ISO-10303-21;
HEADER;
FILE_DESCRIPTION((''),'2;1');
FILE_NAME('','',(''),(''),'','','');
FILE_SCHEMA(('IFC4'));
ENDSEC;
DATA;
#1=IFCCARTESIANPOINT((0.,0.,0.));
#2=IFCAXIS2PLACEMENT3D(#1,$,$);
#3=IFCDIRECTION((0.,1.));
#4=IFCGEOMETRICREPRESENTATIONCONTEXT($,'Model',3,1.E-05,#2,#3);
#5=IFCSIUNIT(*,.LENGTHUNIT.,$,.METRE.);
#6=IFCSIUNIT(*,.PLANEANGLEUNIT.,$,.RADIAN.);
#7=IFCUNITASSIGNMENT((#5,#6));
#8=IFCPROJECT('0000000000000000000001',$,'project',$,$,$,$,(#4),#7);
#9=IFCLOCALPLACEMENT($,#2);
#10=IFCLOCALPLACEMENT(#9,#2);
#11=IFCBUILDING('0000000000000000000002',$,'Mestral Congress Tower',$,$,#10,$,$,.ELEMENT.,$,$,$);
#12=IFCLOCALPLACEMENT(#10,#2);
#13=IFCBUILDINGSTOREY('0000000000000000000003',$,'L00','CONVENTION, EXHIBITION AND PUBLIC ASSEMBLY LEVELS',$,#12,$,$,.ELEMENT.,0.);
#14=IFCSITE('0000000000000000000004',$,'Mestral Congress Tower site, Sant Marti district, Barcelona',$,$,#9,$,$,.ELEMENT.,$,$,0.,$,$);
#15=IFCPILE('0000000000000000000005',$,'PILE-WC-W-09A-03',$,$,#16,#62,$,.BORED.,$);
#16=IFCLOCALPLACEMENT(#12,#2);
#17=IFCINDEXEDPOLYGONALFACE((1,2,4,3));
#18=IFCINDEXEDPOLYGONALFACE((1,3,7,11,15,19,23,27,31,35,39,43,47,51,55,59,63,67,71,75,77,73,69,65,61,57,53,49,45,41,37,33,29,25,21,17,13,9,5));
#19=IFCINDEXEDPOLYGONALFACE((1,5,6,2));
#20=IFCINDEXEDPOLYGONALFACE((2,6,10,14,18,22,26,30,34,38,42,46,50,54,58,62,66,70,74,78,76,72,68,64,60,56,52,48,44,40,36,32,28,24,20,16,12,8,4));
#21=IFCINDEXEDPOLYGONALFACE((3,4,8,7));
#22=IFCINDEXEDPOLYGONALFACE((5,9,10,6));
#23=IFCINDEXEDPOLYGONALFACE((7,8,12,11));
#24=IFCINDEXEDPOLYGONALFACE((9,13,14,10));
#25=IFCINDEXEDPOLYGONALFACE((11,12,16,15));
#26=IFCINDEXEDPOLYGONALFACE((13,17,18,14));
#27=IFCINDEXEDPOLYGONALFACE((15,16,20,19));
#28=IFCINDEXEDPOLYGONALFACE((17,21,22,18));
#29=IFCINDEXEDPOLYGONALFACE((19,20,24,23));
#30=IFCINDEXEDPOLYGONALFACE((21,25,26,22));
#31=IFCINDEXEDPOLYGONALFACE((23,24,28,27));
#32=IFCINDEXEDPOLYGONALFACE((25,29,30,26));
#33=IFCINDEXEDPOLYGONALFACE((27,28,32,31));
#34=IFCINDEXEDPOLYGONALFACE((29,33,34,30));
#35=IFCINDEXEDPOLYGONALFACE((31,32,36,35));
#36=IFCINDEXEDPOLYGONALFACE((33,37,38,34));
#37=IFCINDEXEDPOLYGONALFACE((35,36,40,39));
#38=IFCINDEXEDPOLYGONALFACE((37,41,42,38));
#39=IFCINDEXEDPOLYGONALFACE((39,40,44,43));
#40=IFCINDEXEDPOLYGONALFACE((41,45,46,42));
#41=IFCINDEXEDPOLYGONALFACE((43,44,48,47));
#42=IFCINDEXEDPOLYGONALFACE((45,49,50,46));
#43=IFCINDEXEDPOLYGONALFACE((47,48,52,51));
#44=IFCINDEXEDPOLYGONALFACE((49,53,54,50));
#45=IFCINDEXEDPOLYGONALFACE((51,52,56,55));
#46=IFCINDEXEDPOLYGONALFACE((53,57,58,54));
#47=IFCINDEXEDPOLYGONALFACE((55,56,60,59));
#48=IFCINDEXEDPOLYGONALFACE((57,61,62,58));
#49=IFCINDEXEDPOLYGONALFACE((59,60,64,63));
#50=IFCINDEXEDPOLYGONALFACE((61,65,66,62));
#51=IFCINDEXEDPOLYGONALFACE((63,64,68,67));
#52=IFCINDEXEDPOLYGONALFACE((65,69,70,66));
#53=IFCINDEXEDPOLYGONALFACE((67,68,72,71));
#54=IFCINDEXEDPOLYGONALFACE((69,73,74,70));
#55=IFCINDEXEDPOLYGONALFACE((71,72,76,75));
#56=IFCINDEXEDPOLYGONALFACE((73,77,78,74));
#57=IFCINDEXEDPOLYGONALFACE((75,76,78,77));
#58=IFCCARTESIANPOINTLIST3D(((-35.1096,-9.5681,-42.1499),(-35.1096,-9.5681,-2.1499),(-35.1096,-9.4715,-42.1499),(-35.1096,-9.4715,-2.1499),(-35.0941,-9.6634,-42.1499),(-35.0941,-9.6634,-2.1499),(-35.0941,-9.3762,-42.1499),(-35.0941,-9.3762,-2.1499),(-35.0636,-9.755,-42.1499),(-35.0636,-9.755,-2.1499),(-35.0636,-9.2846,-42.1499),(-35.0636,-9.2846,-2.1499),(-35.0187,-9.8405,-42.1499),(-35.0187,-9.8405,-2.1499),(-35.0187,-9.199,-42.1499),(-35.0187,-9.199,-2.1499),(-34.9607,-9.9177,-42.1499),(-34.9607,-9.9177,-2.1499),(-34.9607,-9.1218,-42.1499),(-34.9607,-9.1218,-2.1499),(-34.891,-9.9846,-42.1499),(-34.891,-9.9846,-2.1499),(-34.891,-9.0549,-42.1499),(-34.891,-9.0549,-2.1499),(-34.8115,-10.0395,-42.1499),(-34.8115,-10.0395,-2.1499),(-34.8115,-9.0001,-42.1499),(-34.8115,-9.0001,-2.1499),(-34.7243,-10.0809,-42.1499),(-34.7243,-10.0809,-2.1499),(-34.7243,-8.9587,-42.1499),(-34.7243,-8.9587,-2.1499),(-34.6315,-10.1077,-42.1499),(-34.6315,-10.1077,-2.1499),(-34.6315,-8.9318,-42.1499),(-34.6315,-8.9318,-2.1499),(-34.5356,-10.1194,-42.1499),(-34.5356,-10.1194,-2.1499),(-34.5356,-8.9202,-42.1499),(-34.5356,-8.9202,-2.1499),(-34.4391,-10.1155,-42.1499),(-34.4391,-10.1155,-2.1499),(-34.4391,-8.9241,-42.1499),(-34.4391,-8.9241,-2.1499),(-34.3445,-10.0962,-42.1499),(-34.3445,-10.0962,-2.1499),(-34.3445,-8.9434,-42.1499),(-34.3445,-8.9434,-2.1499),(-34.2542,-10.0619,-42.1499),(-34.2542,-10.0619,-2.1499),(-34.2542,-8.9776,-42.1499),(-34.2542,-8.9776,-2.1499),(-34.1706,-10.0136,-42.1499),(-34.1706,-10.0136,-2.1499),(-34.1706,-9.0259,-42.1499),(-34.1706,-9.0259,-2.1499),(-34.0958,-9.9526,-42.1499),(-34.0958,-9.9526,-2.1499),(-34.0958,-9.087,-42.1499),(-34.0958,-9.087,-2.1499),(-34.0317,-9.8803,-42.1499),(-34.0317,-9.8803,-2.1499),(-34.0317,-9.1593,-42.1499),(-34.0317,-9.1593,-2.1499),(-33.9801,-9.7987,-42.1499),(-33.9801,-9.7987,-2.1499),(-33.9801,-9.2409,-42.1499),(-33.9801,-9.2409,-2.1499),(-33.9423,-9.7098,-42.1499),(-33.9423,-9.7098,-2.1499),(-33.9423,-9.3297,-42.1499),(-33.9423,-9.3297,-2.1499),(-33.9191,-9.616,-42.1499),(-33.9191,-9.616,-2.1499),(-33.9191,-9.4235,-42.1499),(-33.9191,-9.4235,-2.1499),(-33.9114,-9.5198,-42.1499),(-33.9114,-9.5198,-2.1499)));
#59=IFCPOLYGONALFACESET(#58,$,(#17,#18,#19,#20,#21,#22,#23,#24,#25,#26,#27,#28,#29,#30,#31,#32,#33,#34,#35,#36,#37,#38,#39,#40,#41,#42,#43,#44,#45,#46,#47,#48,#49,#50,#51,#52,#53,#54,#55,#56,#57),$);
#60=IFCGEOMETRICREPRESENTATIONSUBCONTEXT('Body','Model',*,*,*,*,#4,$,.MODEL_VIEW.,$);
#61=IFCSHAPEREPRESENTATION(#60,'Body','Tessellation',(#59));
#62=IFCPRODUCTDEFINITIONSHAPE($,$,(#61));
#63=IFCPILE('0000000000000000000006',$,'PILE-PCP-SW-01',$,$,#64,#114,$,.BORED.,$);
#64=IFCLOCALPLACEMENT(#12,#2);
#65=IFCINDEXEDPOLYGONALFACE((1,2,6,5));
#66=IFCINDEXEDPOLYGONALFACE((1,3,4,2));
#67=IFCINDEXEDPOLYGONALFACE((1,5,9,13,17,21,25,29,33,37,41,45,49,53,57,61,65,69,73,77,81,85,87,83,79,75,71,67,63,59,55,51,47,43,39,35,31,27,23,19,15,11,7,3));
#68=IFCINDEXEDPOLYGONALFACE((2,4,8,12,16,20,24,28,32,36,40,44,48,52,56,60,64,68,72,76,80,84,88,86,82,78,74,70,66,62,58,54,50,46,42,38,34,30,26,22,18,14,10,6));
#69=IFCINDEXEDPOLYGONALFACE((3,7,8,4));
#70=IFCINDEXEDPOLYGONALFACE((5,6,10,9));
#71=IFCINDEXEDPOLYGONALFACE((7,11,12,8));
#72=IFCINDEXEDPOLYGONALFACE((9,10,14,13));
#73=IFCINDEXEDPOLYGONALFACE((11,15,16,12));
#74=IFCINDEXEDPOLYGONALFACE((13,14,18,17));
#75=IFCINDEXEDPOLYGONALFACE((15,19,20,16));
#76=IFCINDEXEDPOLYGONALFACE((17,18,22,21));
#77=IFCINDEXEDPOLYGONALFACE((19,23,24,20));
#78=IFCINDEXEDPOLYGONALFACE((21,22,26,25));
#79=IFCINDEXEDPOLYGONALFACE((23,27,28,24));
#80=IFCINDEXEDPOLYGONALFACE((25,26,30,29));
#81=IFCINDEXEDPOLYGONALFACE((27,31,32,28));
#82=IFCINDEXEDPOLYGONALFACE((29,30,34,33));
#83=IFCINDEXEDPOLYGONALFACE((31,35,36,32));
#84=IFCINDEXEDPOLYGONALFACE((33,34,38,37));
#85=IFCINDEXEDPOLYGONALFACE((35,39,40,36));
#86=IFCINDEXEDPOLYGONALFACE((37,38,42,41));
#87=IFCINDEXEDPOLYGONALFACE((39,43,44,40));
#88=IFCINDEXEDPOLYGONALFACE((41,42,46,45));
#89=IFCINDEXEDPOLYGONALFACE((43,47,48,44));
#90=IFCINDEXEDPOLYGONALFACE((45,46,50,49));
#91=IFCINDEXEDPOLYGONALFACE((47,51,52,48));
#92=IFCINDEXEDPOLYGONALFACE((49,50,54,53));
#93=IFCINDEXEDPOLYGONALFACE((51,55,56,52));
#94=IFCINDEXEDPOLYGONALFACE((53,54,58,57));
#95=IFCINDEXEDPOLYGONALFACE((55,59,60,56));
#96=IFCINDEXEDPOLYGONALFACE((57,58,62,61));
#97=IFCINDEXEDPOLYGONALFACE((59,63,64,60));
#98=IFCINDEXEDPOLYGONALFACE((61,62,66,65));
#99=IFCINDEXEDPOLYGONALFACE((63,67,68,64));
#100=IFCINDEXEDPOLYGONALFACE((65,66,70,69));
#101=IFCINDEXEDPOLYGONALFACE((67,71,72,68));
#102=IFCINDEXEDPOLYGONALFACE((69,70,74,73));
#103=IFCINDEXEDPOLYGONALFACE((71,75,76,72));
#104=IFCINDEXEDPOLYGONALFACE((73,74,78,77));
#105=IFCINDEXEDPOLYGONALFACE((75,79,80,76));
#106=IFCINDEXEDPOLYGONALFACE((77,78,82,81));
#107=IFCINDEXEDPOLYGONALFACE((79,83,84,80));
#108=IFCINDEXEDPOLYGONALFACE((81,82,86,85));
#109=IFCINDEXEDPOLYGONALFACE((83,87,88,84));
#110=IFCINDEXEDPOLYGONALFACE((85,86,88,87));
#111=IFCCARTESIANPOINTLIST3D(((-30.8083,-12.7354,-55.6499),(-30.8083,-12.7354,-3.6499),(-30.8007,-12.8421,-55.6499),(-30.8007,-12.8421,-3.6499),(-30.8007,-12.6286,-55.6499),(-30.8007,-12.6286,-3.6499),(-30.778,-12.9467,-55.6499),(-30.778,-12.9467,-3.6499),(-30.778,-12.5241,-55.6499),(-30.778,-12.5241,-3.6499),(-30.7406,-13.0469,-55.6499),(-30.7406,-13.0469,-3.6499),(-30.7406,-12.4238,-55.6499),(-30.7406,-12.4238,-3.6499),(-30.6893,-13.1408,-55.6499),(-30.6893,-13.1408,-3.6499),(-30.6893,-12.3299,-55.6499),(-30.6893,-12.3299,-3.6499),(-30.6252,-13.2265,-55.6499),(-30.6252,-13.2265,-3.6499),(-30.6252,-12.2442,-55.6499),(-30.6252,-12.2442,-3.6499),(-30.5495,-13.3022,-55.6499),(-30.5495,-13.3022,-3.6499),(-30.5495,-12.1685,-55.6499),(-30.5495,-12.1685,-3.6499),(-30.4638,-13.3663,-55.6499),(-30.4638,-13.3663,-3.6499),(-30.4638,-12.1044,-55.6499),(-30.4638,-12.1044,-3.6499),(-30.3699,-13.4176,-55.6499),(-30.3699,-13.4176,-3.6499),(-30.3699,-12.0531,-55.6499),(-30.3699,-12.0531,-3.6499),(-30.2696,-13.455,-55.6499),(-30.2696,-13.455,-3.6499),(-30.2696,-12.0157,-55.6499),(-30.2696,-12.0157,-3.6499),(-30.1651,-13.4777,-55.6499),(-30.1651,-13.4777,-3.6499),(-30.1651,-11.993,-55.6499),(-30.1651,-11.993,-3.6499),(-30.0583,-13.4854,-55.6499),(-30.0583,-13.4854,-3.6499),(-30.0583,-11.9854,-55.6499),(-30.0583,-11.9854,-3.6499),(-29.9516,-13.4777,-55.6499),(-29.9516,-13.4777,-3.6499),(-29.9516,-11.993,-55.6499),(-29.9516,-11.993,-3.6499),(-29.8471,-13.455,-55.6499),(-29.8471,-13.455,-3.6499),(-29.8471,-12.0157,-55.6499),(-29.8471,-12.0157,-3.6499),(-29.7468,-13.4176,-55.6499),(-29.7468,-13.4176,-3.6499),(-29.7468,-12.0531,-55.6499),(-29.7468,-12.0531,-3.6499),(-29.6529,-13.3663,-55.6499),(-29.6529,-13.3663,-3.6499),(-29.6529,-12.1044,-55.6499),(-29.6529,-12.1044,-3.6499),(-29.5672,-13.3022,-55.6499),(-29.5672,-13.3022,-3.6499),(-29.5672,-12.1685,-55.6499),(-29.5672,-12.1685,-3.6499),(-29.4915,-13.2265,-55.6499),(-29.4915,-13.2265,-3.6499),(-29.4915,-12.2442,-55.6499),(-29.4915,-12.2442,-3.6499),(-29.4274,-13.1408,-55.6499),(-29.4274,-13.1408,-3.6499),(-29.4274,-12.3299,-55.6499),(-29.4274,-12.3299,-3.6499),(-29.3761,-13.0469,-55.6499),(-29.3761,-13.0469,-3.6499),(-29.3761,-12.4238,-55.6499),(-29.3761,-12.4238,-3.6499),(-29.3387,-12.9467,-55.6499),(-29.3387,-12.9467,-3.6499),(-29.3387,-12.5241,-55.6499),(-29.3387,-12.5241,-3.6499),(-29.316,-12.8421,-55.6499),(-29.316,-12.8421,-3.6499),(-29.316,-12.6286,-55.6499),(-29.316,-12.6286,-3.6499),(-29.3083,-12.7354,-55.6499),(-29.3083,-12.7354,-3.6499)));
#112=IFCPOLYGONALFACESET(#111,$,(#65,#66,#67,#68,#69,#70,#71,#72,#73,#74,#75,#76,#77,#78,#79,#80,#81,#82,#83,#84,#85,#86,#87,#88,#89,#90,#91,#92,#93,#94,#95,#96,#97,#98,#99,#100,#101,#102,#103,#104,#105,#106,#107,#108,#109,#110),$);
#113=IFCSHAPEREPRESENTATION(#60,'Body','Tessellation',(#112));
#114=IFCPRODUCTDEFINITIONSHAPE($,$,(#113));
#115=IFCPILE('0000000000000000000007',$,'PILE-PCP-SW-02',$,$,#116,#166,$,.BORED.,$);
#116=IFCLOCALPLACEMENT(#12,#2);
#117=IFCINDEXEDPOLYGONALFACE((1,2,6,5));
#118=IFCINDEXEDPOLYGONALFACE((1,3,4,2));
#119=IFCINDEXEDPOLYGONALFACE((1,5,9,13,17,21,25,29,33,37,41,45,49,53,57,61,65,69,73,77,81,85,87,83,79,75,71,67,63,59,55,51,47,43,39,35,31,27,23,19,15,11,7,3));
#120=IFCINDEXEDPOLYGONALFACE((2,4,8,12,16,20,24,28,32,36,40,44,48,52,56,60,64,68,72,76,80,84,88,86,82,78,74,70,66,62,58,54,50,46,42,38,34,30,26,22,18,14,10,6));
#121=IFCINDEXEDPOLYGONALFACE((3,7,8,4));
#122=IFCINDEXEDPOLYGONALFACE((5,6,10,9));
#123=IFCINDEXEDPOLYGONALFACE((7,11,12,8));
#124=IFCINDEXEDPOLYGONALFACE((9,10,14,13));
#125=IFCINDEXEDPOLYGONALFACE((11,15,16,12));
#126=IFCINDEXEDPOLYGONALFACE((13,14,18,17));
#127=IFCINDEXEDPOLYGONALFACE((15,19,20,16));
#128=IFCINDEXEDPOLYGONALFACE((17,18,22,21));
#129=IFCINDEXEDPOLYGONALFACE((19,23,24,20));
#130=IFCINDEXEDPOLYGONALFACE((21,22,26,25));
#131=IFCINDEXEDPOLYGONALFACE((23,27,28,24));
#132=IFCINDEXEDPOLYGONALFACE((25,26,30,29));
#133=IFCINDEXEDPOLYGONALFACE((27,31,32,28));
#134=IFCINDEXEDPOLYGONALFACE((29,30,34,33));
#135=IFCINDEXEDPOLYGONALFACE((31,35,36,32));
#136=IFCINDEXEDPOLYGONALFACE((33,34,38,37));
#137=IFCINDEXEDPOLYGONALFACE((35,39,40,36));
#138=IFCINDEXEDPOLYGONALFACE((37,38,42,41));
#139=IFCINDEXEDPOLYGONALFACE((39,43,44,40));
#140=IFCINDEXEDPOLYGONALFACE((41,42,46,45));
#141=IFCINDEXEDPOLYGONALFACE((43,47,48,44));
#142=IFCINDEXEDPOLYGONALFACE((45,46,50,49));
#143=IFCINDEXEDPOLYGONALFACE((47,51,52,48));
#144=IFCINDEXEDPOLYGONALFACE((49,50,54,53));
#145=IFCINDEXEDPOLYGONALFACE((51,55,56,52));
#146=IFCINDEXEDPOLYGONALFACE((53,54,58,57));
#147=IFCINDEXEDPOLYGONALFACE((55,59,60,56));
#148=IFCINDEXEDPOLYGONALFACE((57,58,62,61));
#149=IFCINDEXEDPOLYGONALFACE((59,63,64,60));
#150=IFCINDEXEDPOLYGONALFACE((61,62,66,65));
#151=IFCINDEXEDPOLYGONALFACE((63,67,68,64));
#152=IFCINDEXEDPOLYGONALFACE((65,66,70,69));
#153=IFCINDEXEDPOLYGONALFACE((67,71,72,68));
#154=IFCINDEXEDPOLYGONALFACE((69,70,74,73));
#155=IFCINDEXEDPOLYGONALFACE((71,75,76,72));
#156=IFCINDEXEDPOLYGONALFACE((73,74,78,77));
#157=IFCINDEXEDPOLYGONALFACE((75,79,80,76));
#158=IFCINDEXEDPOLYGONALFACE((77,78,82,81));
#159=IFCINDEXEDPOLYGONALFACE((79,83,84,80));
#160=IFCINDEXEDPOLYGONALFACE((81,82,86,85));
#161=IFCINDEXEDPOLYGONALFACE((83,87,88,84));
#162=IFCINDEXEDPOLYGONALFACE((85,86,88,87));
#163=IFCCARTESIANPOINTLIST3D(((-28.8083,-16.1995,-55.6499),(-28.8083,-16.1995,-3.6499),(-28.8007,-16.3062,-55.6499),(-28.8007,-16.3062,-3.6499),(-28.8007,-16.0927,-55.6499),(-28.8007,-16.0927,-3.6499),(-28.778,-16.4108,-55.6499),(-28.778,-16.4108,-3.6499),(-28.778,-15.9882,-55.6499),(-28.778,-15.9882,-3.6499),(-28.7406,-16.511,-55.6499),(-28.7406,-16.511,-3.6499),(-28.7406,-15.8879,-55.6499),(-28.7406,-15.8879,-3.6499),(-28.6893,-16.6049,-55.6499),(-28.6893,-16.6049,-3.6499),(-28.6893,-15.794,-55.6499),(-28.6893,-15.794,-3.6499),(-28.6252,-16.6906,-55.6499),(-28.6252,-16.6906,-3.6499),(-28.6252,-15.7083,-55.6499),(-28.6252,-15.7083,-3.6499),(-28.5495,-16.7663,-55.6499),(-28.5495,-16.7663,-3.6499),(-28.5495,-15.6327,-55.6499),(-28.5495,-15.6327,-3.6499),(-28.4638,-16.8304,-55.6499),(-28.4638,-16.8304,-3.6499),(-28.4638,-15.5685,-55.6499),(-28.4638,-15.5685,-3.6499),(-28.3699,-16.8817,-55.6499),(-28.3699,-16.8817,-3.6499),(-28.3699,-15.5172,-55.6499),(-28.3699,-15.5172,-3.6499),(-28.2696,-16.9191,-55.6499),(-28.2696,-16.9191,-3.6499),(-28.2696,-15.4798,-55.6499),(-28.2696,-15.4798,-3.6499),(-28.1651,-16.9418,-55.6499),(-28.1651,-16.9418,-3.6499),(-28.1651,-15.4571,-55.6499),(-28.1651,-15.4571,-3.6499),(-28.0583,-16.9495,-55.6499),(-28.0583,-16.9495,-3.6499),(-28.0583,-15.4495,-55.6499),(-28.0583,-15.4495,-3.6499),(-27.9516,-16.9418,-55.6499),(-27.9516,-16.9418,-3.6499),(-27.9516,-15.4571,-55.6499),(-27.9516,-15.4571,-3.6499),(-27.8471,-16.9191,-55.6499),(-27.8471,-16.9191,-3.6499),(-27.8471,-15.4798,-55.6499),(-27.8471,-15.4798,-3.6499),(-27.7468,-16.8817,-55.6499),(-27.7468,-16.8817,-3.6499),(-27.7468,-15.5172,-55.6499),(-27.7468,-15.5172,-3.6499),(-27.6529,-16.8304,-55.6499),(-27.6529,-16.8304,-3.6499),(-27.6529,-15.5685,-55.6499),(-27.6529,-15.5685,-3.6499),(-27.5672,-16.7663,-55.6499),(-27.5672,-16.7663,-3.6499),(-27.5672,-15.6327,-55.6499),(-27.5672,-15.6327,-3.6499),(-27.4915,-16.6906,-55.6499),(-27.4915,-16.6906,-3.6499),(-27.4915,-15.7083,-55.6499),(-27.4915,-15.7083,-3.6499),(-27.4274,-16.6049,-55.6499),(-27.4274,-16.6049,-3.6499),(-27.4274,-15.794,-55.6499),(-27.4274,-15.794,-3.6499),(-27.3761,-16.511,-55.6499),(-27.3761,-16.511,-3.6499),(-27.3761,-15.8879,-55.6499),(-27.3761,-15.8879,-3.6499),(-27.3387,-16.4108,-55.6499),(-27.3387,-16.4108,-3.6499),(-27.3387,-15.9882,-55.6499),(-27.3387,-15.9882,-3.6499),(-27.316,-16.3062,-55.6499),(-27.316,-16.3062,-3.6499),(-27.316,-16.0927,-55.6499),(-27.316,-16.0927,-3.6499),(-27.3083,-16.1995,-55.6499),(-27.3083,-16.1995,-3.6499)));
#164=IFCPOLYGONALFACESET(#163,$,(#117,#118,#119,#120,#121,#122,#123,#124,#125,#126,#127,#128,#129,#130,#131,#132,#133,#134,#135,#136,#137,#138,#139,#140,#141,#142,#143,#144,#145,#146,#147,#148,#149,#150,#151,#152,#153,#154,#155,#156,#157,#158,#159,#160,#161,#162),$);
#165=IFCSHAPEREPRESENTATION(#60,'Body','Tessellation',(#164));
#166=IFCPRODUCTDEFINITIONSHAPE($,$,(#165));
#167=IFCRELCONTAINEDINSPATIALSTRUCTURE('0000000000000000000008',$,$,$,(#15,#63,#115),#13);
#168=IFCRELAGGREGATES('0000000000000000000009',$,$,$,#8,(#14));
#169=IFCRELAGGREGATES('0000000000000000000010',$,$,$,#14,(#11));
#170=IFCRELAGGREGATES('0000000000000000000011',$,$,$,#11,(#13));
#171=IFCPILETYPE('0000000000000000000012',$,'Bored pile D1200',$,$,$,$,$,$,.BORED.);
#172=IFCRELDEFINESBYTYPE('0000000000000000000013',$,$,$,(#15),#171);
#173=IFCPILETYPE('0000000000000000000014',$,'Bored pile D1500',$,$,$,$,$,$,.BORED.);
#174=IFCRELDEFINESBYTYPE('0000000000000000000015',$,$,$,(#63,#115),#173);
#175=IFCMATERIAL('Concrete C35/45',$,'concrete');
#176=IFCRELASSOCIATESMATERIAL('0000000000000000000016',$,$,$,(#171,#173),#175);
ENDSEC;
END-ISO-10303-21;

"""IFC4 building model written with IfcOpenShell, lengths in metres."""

from ifc_helpers import new_model, si_unit, direction, frame, origin, origin_2d, place, context, subcontext, project, spatial, circle, extrude, material, material_profile, profile_set, type_object, element, save


model = new_model("IFC4")

# Units and contexts
model_context = context("Model", 3, precision=1e-05, world=origin(), true_north=direction((0.0, 1.0)))
body_context = subcontext(model_context, "Body", "Model", "MODEL_VIEW")
ifc_project = project(units=[si_unit("LENGTHUNIT", "METRE"), si_unit("PLANEANGLEUNIT", "RADIAN")], contexts=[model_context])

# Site, building, storey
site_placement = place(None, origin())
site = spatial("IfcSite", under=ifc_project, at=site_placement, Name="Mestral Congress Tower site, Sant Marti district, Barcelona", CompositionType="ELEMENT", RefElevation=0.0)
building_placement = place(site_placement, origin())
building = spatial("IfcBuilding", under=site, at=building_placement, Name="Mestral Congress Tower", CompositionType="ELEMENT")
storey_placement = place(building_placement, origin())
storey = spatial("IfcBuildingStorey", under=building, at=storey_placement, Name="L00", Description="CONVENTION, EXHIBITION AND PUBLIC ASSEMBLY LEVELS", CompositionType="ELEMENT", Elevation=0.0)

# Piles
ifc_material_1 = material(Name="Concrete C35/45", Category="concrete")
ifc_material_profile_1 = material_profile(ifc_material_1, circle(Radius=0.6001, at=origin_2d()), Name="D1200")
ifc_profile_set_1 = profile_set([ifc_material_profile_1], Name="Concrete C35/45")
pile_type_1 = type_object("IfcPileType", Name="Bored pile D1200", PredefinedType="BORED", material=ifc_profile_set_1)
for number, where, z_axis, x_axis, name in (
    (1, (-34.5115, -9.5198, -2.1499), (0.0, 0.0, -1.0), (1.0, 0.0, 0.0), "PILE-WC-W-09A-03"),
):
    element("IfcPile", number, at=place(storey_placement, frame(where, z_axis=z_axis, x_axis=x_axis)), inside=storey, type_object=pile_type_1, Name=name, PredefinedType="BORED", context=body_context, shape_type="SweptSolid", body=[
        extrude(circle(Radius=0.6001, at=origin_2d()), origin(), (0.0, 0.0, 1.0), 40.0),
    ])
ifc_material_profile_2 = material_profile(ifc_material_1, circle(Radius=0.75, at=origin_2d()), Name="D1500")
ifc_profile_set_2 = profile_set([ifc_material_profile_2], Name="Concrete C35/45")
pile_type_2 = type_object("IfcPileType", Name="Bored pile D1500", PredefinedType="BORED", material=ifc_profile_set_2)
for number, where, z_axis, x_axis, name in (
    (2, (-30.0583, -12.7354, -3.6499), (0.0, 0.0, -1.0), (1.0, 0.0, 0.0), "PILE-PCP-SW-01"),
    (3, (-28.0583, -16.1995, -3.6499), (0.0, 0.0, -1.0), (1.0, 0.0, 0.0), "PILE-PCP-SW-02"),
):
    element("IfcPile", number, at=place(storey_placement, frame(where, z_axis=z_axis, x_axis=x_axis)), inside=storey, type_object=pile_type_2, Name=name, PredefinedType="BORED", context=body_context, shape_type="SweptSolid", body=[
        extrude(circle(Radius=0.75, at=origin_2d()), origin(), (0.0, 0.0, 1.0), 52.0),
    ])

save(model, "model.ifc")
